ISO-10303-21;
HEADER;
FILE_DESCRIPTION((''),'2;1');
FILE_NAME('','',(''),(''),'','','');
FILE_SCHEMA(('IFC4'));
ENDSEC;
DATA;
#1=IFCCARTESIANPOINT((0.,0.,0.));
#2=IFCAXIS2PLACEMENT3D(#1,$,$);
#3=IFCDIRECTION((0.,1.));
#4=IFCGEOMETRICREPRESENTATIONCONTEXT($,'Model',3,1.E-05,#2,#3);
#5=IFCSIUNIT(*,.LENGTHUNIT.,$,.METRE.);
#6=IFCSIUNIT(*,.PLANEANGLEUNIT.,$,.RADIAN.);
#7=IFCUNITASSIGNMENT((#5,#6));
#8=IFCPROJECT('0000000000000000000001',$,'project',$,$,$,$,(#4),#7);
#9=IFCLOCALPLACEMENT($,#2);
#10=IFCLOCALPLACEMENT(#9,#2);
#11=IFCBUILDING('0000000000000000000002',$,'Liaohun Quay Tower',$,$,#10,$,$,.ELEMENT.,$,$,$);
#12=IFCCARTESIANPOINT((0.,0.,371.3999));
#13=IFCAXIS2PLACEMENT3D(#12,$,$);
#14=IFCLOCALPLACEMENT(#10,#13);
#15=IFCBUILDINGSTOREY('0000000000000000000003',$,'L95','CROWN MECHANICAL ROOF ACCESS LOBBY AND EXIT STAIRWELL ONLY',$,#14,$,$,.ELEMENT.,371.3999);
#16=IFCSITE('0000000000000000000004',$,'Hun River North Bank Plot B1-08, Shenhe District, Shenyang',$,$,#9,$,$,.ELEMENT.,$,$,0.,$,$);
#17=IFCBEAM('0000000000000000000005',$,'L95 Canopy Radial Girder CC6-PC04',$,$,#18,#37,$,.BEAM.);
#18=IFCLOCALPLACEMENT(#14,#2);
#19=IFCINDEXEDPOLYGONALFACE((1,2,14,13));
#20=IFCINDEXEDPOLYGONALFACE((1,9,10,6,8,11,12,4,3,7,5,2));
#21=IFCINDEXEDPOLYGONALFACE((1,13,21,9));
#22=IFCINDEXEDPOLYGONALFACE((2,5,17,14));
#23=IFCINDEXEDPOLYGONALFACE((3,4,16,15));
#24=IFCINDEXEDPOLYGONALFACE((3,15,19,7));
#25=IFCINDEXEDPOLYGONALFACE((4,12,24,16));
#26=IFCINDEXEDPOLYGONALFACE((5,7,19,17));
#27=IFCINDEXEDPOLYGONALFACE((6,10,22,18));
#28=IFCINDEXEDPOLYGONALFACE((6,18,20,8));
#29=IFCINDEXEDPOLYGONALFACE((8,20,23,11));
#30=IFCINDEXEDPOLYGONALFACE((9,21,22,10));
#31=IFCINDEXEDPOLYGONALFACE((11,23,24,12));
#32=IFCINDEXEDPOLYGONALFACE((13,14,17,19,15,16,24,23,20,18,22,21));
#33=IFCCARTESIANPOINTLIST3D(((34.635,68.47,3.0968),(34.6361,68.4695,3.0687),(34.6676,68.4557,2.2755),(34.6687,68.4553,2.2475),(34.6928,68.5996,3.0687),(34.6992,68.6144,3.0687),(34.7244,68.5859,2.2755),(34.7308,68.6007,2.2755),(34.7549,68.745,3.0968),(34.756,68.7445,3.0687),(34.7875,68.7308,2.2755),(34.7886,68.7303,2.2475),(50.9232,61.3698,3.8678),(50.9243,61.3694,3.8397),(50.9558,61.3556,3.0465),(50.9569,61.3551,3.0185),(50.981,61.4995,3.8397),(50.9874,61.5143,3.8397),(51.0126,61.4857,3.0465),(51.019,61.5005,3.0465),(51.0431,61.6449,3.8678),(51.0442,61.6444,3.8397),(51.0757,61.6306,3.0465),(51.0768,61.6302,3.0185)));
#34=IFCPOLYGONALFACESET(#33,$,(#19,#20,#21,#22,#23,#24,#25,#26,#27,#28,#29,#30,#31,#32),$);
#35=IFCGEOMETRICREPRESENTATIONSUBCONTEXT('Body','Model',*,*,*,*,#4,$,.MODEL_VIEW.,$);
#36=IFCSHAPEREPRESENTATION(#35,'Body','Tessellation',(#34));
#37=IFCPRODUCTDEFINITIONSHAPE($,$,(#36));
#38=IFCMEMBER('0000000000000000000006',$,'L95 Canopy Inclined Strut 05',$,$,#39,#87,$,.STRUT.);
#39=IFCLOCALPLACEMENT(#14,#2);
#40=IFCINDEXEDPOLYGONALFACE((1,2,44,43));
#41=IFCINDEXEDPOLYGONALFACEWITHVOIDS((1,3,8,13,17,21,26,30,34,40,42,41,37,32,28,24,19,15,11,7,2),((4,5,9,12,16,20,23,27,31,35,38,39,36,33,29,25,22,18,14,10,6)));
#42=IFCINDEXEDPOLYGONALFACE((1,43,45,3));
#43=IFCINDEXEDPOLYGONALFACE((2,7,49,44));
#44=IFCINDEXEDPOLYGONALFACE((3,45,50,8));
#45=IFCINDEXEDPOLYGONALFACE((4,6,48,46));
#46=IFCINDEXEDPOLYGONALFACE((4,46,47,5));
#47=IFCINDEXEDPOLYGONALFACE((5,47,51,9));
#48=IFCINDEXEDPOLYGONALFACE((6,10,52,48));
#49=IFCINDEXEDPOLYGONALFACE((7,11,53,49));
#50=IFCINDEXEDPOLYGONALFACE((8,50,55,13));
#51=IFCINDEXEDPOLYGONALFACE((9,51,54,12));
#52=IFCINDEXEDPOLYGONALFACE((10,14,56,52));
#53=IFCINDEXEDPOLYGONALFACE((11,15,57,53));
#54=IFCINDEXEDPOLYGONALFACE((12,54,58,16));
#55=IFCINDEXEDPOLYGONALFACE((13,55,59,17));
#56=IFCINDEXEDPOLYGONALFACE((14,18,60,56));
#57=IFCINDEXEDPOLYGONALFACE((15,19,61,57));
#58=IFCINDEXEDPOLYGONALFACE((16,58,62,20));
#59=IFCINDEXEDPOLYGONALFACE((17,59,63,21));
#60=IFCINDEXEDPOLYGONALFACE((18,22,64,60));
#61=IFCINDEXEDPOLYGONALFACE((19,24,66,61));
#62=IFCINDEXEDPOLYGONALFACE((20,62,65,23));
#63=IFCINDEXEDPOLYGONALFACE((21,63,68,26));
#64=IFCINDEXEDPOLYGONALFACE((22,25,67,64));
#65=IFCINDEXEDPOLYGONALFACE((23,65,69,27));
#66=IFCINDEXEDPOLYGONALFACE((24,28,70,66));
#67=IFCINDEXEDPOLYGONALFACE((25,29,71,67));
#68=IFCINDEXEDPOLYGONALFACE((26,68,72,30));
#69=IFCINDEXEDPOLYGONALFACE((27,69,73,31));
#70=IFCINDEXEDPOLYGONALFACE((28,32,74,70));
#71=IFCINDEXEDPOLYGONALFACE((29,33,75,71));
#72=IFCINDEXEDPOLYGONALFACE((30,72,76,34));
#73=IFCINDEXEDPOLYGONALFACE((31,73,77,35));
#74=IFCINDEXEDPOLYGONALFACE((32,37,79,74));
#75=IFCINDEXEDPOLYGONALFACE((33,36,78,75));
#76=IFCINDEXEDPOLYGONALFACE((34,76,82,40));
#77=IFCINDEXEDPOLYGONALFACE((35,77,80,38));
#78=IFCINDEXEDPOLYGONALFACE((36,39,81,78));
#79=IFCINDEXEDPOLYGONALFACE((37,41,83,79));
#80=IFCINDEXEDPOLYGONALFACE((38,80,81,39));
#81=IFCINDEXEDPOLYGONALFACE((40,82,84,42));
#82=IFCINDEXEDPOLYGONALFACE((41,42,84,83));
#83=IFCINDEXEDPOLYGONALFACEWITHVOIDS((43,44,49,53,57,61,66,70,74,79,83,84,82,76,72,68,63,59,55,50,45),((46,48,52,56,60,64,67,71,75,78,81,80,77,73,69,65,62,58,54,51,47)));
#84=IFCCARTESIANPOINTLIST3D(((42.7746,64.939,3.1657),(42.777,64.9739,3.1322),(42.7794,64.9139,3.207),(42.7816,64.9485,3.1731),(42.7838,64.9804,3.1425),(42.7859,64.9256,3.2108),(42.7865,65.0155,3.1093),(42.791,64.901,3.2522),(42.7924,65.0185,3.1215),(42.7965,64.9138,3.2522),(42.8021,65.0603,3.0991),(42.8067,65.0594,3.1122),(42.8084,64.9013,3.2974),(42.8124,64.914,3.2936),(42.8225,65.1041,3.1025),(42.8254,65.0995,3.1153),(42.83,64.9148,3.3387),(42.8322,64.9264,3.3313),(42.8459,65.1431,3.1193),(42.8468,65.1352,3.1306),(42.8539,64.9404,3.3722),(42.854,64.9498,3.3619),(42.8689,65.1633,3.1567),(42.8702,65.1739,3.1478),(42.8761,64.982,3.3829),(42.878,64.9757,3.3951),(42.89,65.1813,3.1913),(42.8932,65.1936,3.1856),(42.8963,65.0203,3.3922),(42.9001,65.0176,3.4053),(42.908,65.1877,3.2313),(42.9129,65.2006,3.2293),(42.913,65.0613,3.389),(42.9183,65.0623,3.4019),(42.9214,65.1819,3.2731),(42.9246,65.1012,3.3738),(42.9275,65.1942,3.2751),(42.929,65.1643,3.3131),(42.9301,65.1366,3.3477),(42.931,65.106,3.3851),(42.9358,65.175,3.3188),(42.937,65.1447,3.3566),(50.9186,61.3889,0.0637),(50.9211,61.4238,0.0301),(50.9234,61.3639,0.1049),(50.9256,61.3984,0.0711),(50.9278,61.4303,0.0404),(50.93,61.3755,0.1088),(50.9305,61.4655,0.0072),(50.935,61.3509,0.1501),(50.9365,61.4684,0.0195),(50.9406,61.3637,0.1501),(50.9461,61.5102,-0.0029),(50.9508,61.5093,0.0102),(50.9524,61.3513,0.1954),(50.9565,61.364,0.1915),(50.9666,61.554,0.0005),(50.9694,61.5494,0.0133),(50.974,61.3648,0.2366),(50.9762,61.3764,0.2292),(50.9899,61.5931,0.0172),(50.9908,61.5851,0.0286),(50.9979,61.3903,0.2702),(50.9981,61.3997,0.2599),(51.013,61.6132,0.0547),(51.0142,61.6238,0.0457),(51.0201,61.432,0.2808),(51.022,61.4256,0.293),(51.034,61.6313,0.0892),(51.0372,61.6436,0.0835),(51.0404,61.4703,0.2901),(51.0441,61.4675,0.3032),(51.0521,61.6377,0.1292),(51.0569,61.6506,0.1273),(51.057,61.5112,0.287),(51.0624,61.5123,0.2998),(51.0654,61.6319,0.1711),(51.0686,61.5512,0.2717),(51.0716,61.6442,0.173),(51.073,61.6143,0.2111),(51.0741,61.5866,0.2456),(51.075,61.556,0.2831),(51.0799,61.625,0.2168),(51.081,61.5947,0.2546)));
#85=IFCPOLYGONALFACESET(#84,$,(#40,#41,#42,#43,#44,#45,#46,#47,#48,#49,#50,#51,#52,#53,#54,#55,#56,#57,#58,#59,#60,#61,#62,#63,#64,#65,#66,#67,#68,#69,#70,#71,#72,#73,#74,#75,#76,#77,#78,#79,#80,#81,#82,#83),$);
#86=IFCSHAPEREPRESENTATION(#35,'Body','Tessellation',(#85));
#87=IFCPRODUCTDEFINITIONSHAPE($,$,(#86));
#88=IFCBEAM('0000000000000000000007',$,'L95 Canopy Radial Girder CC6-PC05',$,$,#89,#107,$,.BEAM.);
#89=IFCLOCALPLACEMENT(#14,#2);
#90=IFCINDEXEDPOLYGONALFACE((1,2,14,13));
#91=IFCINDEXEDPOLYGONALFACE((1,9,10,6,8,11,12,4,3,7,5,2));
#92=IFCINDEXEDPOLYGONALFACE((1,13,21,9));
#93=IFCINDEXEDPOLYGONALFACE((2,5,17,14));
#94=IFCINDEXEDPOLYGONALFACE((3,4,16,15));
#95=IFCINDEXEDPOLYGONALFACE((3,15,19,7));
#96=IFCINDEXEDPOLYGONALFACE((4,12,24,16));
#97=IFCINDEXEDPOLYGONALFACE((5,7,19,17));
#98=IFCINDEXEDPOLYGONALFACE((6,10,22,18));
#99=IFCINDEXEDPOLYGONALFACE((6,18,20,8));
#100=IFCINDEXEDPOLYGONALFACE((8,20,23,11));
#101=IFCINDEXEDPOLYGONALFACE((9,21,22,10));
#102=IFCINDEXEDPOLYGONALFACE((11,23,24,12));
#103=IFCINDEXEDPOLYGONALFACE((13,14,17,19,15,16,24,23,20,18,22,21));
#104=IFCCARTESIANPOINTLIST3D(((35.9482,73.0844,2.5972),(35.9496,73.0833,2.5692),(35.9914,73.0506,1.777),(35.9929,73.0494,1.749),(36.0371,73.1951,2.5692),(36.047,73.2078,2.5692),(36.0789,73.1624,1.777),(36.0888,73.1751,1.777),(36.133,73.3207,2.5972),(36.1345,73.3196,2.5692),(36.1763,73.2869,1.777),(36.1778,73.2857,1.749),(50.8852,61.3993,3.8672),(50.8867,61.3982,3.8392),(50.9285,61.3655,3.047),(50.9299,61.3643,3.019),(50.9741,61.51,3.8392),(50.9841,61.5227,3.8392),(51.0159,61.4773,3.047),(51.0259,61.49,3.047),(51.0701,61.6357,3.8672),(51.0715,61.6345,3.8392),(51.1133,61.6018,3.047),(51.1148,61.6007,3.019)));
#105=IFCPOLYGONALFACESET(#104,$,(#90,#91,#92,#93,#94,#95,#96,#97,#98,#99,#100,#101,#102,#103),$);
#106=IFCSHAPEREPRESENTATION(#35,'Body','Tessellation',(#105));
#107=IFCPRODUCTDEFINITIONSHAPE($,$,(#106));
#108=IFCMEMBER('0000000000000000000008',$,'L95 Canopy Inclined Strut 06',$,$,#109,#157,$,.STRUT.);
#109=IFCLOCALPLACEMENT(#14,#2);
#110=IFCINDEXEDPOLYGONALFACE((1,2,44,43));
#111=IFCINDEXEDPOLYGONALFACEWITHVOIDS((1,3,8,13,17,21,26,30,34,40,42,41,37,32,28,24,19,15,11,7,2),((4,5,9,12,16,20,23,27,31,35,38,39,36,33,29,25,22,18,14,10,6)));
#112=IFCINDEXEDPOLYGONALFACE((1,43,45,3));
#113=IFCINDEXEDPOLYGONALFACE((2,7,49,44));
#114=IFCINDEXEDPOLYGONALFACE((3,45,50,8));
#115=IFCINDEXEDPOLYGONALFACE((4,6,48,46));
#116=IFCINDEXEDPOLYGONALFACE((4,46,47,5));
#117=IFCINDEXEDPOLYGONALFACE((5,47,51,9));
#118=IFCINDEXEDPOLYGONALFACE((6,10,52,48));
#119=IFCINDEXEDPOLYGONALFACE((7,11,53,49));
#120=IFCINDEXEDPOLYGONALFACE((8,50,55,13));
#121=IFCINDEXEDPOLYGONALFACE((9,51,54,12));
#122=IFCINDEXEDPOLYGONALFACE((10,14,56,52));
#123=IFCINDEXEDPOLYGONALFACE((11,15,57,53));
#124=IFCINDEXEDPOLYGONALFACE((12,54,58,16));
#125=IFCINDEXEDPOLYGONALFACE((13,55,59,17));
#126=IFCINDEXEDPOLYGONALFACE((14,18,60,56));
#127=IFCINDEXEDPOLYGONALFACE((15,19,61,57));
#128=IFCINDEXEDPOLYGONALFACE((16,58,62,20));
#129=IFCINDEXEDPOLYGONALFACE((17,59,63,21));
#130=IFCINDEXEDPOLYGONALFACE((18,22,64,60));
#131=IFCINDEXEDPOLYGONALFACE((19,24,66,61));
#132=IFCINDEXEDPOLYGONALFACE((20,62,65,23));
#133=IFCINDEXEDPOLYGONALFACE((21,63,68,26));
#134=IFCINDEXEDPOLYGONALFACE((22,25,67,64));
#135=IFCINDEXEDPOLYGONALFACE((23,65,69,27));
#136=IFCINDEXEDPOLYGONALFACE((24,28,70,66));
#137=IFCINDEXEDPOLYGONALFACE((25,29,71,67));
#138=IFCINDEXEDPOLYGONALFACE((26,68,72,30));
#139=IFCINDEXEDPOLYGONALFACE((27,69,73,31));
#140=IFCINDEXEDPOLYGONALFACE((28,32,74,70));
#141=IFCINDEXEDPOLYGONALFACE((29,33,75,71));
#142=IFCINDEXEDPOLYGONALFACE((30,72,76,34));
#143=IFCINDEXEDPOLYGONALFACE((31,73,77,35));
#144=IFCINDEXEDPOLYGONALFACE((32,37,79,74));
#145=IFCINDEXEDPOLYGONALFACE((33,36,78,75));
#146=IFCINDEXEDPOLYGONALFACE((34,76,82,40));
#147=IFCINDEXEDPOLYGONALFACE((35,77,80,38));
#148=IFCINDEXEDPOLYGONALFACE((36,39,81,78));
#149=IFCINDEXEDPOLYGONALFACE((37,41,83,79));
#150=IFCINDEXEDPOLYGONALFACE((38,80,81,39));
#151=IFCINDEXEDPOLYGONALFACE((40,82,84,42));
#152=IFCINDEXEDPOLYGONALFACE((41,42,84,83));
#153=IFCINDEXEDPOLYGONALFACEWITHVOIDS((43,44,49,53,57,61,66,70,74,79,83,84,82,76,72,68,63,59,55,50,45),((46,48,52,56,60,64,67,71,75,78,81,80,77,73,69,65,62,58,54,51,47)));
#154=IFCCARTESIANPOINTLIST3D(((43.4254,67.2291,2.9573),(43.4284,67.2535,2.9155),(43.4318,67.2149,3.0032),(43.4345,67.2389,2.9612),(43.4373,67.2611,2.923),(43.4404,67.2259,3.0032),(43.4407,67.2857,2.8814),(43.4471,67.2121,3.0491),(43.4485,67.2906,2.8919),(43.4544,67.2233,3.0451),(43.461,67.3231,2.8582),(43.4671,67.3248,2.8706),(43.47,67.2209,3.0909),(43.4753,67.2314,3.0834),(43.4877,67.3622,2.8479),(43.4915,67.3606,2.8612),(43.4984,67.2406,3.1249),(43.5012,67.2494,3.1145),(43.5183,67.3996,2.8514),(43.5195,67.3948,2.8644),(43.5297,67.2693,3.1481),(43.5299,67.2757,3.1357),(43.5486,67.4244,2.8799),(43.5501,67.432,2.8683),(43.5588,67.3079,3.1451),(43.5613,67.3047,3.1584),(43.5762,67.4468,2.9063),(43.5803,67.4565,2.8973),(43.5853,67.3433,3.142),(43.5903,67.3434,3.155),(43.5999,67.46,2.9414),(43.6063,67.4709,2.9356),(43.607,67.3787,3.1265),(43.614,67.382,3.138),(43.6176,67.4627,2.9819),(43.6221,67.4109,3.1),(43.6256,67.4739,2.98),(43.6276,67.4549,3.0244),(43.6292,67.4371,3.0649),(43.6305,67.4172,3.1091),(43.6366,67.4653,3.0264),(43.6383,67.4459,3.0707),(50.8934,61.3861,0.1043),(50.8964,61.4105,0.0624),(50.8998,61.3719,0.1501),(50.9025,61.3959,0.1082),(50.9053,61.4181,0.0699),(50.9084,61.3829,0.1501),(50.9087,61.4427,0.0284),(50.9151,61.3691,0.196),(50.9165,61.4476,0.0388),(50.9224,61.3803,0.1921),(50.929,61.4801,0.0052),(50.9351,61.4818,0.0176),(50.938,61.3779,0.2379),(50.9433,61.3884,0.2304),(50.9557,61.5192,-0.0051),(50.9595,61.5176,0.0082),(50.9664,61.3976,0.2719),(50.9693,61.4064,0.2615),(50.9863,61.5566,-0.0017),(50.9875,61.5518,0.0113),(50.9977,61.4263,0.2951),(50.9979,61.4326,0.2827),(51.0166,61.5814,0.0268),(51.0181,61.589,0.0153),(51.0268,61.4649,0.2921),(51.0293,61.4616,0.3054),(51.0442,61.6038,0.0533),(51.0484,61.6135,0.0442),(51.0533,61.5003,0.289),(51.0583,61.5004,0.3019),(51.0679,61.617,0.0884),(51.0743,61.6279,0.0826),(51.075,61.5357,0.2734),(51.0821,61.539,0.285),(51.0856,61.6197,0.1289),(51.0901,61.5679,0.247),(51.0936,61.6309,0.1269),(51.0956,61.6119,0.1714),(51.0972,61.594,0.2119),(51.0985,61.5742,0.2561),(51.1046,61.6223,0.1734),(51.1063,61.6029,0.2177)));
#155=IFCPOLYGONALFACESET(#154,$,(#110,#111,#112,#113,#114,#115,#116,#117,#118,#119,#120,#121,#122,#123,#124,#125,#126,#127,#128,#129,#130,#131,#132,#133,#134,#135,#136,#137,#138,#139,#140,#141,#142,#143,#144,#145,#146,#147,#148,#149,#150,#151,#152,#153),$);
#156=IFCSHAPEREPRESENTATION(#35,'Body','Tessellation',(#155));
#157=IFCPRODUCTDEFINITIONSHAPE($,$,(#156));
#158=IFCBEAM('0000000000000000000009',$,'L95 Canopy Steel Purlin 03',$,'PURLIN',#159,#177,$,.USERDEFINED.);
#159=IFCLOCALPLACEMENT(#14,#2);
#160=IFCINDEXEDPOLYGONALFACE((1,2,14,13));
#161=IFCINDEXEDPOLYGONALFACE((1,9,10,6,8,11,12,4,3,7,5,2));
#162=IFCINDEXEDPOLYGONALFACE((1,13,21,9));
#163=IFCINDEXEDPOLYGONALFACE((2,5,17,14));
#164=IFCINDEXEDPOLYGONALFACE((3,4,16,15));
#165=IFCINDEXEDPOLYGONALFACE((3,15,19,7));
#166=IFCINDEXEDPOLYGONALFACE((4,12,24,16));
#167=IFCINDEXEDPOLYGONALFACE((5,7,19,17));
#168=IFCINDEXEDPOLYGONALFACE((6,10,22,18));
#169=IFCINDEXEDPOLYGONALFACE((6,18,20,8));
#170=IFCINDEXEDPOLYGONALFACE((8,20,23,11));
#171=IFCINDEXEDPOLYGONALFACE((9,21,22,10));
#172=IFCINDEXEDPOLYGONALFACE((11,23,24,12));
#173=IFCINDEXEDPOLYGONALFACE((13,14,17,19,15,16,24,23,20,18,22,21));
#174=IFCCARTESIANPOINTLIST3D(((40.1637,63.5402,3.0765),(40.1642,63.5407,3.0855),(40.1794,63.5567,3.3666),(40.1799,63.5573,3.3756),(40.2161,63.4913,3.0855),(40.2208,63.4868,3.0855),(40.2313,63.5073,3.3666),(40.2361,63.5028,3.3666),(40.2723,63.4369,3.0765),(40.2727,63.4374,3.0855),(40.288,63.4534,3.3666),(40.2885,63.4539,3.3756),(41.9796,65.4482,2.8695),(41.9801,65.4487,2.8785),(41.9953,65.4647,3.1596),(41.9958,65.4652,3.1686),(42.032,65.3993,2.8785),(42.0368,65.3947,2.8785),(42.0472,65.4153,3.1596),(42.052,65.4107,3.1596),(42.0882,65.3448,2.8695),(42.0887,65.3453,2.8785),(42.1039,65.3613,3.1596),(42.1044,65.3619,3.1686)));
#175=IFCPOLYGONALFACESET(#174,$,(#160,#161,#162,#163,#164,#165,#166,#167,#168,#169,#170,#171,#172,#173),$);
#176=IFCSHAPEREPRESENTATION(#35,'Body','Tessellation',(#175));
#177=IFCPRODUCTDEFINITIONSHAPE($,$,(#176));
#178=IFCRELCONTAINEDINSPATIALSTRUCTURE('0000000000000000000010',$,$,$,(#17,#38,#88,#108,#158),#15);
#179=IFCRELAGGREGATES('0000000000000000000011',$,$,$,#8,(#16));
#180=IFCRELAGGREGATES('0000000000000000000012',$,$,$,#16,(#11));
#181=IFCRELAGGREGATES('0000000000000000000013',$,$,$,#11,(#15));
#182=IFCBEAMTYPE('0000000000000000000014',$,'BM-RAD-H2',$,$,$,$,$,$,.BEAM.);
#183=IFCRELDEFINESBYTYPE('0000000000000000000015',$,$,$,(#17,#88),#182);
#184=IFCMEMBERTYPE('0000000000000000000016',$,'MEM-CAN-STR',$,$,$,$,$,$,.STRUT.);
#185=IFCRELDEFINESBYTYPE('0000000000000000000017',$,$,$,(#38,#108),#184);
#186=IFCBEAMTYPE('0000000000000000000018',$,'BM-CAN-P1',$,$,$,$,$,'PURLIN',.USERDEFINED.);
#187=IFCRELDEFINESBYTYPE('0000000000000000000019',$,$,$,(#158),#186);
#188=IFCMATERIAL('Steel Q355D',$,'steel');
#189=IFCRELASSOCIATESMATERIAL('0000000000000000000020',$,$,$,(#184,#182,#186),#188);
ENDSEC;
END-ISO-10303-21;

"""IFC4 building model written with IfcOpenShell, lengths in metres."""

from ifc_helpers import new_model, si_unit, direction, frame, origin, origin_2d, place, context, subcontext, project, spatial, hollow_circle, i_section, extrude, source, transform, mapped, material, material_profile, profile_set, type_object, element, save


model = new_model("IFC4")

# Units and contexts
model_context = context("Model", 3, precision=1e-05, world=origin(), true_north=direction((0.0, 1.0)))
body_context = subcontext(model_context, "Body", "Model", "MODEL_VIEW")
ifc_project = project(units=[si_unit("LENGTHUNIT", "METRE"), si_unit("PLANEANGLEUNIT", "RADIAN")], contexts=[model_context])

# Site, building, storey
site_placement = place(None, origin())
site = spatial("IfcSite", under=ifc_project, at=site_placement, Name="Hun River North Bank Plot B1-08, Shenhe District, Shenyang", CompositionType="ELEMENT", RefElevation=0.0)
building_placement = place(site_placement, origin())
building = spatial("IfcBuilding", under=site, at=building_placement, Name="Liaohun Quay Tower", CompositionType="ELEMENT")
storey_placement = place(building_placement, frame((0.0, 0.0, 371.3999)))
storey = spatial("IfcBuildingStorey", under=building, at=storey_placement, Name="L95", Description="CROWN MECHANICAL ROOF ACCESS LOBBY AND EXIT STAIRWELL ONLY", CompositionType="ELEMENT", Elevation=371.3999)

# Shared definitions
ifc_material_1 = material(Name="Steel Q355D", Category="steel")
ifc_material_profile_1 = material_profile(ifc_material_1, hollow_circle(Radius=0.1626, WallThickness=0.0139, at=origin_2d()), Name="CHS325x14")
ifc_profile_set_1 = profile_set([ifc_material_profile_1], Name="Steel Q355D")
member_type_1 = type_object("IfcMemberType", Name="MEM-CAN-STR", PredefinedType="STRUT", material=ifc_profile_set_1)

# Beam
ifc_material_profile_2 = material_profile(ifc_material_1, i_section(OverallWidth=0.3, OverallDepth=0.8501, WebThickness=0.0161, FlangeThickness=0.0281, at=origin_2d()), Name="HN850x300x16x28")
ifc_profile_set_2 = profile_set([ifc_material_profile_2], Name="Steel Q355D")
beam_type_1 = type_object("IfcBeamType", Name="BM-RAD-H2", PredefinedType="BEAM", material=ifc_profile_set_2)
shared_shape_1 = source(origin(), body_context, "Body", "SweptSolid", [
    extrude(i_section(OverallWidth=0.3, OverallDepth=0.8501, WebThickness=0.0161, FlangeThickness=0.0281, at=origin_2d()), origin(), (0.0, 0.0, 1.0), 17.7852),
])
beam_1_placement = place(storey_placement, frame((51.0, 61.5, 3.4431), z_axis=(-0.915831, 0.399217, -0.043351), x_axis=(-0.399593, -0.916693, 0.0)))
element("IfcBeam", 1, at=beam_1_placement, inside=storey, type_object=beam_type_1, Name="L95 Canopy Radial Girder CC6-PC04", PredefinedType="BEAM", context=body_context, shape_type="MappedRepresentation", body=[
    mapped(shared_shape_1, transform((0.0, 0.0, 0.0), x_axis=(1.0, 0.0, 0.0), y_axis=(0.0, 1.0, 0.0), z_axis=(0.0, 0.0, 1.0), scale=1.0)),
])

# Member
shared_shape_2 = source(origin(), body_context, "Body", "SweptSolid", [
    extrude(hollow_circle(Radius=0.1626, WallThickness=0.0139, at=origin_2d()), origin(), (0.0, 0.0, 1.0), 9.4102),
])
member_1_placement = place(storey_placement, frame((51.0, 61.5, 0.1501), z_axis=(-0.865453, 0.377257, 0.329649), x_axis=(-0.399593, -0.916693, 0.0)))
element("IfcMember", 2, at=member_1_placement, inside=storey, type_object=member_type_1, Name="L95 Canopy Inclined Strut 05", PredefinedType="STRUT", context=body_context, shape_type="MappedRepresentation", body=[
    mapped(shared_shape_2, transform((0.0, 0.0, 0.0), x_axis=(1.0, 0.0, 0.0), y_axis=(0.0, 1.0, 0.0), z_axis=(0.0, 0.0, 1.0), scale=1.0)),
])

# Beam
shared_shape_3 = source(origin(), body_context, "Body", "SweptSolid", [
    extrude(i_section(OverallWidth=0.3, OverallDepth=0.8501, WebThickness=0.0161, FlangeThickness=0.0281, at=origin_2d()), origin(), (0.0, 0.0, 1.0), 19.0071),
])
beam_2_placement = place(storey_placement, frame((51.0, 61.5, 3.4431), z_axis=(-0.785867, 0.614775, -0.066818), x_axis=(-0.616152, -0.787627, 0.0)))
element("IfcBeam", 3, at=beam_2_placement, inside=storey, type_object=beam_type_1, Name="L95 Canopy Radial Girder CC6-PC05", PredefinedType="BEAM", context=body_context, shape_type="MappedRepresentation", body=[
    mapped(shared_shape_3, transform((0.0, 0.0, 0.0), x_axis=(1.0, 0.0, 0.0), y_axis=(0.0, 1.0, 0.0), z_axis=(0.0, 0.0, 1.0), scale=1.0)),
])

# Member
shared_shape_4 = source(origin(), body_context, "Body", "SweptSolid", [
    extrude(hollow_circle(Radius=0.1626, WallThickness=0.0139, at=origin_2d()), origin(), (0.0, 0.0, 1.0), 9.9021),
])
member_2_placement = place(storey_placement, frame((51.0, 61.5, 0.1501), z_axis=(-0.754184, 0.590078, 0.288123), x_axis=(-0.616209, -0.787583, 0.0)))
element("IfcMember", 4, at=member_2_placement, inside=storey, type_object=member_type_1, Name="L95 Canopy Inclined Strut 06", PredefinedType="STRUT", context=body_context, shape_type="MappedRepresentation", body=[
    mapped(shared_shape_4, transform((0.0, 0.0, 0.0), x_axis=(1.0, 0.0, 0.0), y_axis=(0.0, 1.0, 0.0), z_axis=(0.0, 0.0, 1.0), scale=1.0)),
])

# Beam
ifc_material_profile_3 = material_profile(ifc_material_1, i_section(OverallWidth=0.1499, OverallDepth=0.3, WebThickness=0.0066, FlangeThickness=0.009, at=origin_2d()), Name="HN300x150x6.5x9")
ifc_profile_set_3 = profile_set([ifc_material_profile_3], Name="Steel Q355D")
beam_type_2 = type_object("IfcBeamType", Name="BM-CAN-P1", ElementType="PURLIN", PredefinedType="USERDEFINED", material=ifc_profile_set_3)
shared_shape_5 = source(origin(), body_context, "Body", "SweptSolid", [
    extrude(i_section(OverallWidth=0.1499, OverallDepth=0.3, WebThickness=0.0066, FlangeThickness=0.009, at=origin_2d()), origin(), (0.0, 0.0, 1.0), 2.6421),
])
beam_3_placement = place(storey_placement, frame((40.2261, 63.4971, 3.2261), z_axis=(0.687299, 0.722135, -0.078358), x_axis=(-0.724363, 0.689419, 0.0)))
element("IfcBeam", 5, at=beam_3_placement, inside=storey, type_object=beam_type_2, Name="L95 Canopy Steel Purlin 03", ObjectType="PURLIN", PredefinedType="USERDEFINED", context=body_context, shape_type="MappedRepresentation", body=[
    mapped(shared_shape_5, transform((0.0, 0.0, 0.0), x_axis=(1.0, 0.0, 0.0), y_axis=(0.0, 1.0, 0.0), z_axis=(0.0, 0.0, 1.0), scale=1.0)),
])

save(model, "model.ifc")
